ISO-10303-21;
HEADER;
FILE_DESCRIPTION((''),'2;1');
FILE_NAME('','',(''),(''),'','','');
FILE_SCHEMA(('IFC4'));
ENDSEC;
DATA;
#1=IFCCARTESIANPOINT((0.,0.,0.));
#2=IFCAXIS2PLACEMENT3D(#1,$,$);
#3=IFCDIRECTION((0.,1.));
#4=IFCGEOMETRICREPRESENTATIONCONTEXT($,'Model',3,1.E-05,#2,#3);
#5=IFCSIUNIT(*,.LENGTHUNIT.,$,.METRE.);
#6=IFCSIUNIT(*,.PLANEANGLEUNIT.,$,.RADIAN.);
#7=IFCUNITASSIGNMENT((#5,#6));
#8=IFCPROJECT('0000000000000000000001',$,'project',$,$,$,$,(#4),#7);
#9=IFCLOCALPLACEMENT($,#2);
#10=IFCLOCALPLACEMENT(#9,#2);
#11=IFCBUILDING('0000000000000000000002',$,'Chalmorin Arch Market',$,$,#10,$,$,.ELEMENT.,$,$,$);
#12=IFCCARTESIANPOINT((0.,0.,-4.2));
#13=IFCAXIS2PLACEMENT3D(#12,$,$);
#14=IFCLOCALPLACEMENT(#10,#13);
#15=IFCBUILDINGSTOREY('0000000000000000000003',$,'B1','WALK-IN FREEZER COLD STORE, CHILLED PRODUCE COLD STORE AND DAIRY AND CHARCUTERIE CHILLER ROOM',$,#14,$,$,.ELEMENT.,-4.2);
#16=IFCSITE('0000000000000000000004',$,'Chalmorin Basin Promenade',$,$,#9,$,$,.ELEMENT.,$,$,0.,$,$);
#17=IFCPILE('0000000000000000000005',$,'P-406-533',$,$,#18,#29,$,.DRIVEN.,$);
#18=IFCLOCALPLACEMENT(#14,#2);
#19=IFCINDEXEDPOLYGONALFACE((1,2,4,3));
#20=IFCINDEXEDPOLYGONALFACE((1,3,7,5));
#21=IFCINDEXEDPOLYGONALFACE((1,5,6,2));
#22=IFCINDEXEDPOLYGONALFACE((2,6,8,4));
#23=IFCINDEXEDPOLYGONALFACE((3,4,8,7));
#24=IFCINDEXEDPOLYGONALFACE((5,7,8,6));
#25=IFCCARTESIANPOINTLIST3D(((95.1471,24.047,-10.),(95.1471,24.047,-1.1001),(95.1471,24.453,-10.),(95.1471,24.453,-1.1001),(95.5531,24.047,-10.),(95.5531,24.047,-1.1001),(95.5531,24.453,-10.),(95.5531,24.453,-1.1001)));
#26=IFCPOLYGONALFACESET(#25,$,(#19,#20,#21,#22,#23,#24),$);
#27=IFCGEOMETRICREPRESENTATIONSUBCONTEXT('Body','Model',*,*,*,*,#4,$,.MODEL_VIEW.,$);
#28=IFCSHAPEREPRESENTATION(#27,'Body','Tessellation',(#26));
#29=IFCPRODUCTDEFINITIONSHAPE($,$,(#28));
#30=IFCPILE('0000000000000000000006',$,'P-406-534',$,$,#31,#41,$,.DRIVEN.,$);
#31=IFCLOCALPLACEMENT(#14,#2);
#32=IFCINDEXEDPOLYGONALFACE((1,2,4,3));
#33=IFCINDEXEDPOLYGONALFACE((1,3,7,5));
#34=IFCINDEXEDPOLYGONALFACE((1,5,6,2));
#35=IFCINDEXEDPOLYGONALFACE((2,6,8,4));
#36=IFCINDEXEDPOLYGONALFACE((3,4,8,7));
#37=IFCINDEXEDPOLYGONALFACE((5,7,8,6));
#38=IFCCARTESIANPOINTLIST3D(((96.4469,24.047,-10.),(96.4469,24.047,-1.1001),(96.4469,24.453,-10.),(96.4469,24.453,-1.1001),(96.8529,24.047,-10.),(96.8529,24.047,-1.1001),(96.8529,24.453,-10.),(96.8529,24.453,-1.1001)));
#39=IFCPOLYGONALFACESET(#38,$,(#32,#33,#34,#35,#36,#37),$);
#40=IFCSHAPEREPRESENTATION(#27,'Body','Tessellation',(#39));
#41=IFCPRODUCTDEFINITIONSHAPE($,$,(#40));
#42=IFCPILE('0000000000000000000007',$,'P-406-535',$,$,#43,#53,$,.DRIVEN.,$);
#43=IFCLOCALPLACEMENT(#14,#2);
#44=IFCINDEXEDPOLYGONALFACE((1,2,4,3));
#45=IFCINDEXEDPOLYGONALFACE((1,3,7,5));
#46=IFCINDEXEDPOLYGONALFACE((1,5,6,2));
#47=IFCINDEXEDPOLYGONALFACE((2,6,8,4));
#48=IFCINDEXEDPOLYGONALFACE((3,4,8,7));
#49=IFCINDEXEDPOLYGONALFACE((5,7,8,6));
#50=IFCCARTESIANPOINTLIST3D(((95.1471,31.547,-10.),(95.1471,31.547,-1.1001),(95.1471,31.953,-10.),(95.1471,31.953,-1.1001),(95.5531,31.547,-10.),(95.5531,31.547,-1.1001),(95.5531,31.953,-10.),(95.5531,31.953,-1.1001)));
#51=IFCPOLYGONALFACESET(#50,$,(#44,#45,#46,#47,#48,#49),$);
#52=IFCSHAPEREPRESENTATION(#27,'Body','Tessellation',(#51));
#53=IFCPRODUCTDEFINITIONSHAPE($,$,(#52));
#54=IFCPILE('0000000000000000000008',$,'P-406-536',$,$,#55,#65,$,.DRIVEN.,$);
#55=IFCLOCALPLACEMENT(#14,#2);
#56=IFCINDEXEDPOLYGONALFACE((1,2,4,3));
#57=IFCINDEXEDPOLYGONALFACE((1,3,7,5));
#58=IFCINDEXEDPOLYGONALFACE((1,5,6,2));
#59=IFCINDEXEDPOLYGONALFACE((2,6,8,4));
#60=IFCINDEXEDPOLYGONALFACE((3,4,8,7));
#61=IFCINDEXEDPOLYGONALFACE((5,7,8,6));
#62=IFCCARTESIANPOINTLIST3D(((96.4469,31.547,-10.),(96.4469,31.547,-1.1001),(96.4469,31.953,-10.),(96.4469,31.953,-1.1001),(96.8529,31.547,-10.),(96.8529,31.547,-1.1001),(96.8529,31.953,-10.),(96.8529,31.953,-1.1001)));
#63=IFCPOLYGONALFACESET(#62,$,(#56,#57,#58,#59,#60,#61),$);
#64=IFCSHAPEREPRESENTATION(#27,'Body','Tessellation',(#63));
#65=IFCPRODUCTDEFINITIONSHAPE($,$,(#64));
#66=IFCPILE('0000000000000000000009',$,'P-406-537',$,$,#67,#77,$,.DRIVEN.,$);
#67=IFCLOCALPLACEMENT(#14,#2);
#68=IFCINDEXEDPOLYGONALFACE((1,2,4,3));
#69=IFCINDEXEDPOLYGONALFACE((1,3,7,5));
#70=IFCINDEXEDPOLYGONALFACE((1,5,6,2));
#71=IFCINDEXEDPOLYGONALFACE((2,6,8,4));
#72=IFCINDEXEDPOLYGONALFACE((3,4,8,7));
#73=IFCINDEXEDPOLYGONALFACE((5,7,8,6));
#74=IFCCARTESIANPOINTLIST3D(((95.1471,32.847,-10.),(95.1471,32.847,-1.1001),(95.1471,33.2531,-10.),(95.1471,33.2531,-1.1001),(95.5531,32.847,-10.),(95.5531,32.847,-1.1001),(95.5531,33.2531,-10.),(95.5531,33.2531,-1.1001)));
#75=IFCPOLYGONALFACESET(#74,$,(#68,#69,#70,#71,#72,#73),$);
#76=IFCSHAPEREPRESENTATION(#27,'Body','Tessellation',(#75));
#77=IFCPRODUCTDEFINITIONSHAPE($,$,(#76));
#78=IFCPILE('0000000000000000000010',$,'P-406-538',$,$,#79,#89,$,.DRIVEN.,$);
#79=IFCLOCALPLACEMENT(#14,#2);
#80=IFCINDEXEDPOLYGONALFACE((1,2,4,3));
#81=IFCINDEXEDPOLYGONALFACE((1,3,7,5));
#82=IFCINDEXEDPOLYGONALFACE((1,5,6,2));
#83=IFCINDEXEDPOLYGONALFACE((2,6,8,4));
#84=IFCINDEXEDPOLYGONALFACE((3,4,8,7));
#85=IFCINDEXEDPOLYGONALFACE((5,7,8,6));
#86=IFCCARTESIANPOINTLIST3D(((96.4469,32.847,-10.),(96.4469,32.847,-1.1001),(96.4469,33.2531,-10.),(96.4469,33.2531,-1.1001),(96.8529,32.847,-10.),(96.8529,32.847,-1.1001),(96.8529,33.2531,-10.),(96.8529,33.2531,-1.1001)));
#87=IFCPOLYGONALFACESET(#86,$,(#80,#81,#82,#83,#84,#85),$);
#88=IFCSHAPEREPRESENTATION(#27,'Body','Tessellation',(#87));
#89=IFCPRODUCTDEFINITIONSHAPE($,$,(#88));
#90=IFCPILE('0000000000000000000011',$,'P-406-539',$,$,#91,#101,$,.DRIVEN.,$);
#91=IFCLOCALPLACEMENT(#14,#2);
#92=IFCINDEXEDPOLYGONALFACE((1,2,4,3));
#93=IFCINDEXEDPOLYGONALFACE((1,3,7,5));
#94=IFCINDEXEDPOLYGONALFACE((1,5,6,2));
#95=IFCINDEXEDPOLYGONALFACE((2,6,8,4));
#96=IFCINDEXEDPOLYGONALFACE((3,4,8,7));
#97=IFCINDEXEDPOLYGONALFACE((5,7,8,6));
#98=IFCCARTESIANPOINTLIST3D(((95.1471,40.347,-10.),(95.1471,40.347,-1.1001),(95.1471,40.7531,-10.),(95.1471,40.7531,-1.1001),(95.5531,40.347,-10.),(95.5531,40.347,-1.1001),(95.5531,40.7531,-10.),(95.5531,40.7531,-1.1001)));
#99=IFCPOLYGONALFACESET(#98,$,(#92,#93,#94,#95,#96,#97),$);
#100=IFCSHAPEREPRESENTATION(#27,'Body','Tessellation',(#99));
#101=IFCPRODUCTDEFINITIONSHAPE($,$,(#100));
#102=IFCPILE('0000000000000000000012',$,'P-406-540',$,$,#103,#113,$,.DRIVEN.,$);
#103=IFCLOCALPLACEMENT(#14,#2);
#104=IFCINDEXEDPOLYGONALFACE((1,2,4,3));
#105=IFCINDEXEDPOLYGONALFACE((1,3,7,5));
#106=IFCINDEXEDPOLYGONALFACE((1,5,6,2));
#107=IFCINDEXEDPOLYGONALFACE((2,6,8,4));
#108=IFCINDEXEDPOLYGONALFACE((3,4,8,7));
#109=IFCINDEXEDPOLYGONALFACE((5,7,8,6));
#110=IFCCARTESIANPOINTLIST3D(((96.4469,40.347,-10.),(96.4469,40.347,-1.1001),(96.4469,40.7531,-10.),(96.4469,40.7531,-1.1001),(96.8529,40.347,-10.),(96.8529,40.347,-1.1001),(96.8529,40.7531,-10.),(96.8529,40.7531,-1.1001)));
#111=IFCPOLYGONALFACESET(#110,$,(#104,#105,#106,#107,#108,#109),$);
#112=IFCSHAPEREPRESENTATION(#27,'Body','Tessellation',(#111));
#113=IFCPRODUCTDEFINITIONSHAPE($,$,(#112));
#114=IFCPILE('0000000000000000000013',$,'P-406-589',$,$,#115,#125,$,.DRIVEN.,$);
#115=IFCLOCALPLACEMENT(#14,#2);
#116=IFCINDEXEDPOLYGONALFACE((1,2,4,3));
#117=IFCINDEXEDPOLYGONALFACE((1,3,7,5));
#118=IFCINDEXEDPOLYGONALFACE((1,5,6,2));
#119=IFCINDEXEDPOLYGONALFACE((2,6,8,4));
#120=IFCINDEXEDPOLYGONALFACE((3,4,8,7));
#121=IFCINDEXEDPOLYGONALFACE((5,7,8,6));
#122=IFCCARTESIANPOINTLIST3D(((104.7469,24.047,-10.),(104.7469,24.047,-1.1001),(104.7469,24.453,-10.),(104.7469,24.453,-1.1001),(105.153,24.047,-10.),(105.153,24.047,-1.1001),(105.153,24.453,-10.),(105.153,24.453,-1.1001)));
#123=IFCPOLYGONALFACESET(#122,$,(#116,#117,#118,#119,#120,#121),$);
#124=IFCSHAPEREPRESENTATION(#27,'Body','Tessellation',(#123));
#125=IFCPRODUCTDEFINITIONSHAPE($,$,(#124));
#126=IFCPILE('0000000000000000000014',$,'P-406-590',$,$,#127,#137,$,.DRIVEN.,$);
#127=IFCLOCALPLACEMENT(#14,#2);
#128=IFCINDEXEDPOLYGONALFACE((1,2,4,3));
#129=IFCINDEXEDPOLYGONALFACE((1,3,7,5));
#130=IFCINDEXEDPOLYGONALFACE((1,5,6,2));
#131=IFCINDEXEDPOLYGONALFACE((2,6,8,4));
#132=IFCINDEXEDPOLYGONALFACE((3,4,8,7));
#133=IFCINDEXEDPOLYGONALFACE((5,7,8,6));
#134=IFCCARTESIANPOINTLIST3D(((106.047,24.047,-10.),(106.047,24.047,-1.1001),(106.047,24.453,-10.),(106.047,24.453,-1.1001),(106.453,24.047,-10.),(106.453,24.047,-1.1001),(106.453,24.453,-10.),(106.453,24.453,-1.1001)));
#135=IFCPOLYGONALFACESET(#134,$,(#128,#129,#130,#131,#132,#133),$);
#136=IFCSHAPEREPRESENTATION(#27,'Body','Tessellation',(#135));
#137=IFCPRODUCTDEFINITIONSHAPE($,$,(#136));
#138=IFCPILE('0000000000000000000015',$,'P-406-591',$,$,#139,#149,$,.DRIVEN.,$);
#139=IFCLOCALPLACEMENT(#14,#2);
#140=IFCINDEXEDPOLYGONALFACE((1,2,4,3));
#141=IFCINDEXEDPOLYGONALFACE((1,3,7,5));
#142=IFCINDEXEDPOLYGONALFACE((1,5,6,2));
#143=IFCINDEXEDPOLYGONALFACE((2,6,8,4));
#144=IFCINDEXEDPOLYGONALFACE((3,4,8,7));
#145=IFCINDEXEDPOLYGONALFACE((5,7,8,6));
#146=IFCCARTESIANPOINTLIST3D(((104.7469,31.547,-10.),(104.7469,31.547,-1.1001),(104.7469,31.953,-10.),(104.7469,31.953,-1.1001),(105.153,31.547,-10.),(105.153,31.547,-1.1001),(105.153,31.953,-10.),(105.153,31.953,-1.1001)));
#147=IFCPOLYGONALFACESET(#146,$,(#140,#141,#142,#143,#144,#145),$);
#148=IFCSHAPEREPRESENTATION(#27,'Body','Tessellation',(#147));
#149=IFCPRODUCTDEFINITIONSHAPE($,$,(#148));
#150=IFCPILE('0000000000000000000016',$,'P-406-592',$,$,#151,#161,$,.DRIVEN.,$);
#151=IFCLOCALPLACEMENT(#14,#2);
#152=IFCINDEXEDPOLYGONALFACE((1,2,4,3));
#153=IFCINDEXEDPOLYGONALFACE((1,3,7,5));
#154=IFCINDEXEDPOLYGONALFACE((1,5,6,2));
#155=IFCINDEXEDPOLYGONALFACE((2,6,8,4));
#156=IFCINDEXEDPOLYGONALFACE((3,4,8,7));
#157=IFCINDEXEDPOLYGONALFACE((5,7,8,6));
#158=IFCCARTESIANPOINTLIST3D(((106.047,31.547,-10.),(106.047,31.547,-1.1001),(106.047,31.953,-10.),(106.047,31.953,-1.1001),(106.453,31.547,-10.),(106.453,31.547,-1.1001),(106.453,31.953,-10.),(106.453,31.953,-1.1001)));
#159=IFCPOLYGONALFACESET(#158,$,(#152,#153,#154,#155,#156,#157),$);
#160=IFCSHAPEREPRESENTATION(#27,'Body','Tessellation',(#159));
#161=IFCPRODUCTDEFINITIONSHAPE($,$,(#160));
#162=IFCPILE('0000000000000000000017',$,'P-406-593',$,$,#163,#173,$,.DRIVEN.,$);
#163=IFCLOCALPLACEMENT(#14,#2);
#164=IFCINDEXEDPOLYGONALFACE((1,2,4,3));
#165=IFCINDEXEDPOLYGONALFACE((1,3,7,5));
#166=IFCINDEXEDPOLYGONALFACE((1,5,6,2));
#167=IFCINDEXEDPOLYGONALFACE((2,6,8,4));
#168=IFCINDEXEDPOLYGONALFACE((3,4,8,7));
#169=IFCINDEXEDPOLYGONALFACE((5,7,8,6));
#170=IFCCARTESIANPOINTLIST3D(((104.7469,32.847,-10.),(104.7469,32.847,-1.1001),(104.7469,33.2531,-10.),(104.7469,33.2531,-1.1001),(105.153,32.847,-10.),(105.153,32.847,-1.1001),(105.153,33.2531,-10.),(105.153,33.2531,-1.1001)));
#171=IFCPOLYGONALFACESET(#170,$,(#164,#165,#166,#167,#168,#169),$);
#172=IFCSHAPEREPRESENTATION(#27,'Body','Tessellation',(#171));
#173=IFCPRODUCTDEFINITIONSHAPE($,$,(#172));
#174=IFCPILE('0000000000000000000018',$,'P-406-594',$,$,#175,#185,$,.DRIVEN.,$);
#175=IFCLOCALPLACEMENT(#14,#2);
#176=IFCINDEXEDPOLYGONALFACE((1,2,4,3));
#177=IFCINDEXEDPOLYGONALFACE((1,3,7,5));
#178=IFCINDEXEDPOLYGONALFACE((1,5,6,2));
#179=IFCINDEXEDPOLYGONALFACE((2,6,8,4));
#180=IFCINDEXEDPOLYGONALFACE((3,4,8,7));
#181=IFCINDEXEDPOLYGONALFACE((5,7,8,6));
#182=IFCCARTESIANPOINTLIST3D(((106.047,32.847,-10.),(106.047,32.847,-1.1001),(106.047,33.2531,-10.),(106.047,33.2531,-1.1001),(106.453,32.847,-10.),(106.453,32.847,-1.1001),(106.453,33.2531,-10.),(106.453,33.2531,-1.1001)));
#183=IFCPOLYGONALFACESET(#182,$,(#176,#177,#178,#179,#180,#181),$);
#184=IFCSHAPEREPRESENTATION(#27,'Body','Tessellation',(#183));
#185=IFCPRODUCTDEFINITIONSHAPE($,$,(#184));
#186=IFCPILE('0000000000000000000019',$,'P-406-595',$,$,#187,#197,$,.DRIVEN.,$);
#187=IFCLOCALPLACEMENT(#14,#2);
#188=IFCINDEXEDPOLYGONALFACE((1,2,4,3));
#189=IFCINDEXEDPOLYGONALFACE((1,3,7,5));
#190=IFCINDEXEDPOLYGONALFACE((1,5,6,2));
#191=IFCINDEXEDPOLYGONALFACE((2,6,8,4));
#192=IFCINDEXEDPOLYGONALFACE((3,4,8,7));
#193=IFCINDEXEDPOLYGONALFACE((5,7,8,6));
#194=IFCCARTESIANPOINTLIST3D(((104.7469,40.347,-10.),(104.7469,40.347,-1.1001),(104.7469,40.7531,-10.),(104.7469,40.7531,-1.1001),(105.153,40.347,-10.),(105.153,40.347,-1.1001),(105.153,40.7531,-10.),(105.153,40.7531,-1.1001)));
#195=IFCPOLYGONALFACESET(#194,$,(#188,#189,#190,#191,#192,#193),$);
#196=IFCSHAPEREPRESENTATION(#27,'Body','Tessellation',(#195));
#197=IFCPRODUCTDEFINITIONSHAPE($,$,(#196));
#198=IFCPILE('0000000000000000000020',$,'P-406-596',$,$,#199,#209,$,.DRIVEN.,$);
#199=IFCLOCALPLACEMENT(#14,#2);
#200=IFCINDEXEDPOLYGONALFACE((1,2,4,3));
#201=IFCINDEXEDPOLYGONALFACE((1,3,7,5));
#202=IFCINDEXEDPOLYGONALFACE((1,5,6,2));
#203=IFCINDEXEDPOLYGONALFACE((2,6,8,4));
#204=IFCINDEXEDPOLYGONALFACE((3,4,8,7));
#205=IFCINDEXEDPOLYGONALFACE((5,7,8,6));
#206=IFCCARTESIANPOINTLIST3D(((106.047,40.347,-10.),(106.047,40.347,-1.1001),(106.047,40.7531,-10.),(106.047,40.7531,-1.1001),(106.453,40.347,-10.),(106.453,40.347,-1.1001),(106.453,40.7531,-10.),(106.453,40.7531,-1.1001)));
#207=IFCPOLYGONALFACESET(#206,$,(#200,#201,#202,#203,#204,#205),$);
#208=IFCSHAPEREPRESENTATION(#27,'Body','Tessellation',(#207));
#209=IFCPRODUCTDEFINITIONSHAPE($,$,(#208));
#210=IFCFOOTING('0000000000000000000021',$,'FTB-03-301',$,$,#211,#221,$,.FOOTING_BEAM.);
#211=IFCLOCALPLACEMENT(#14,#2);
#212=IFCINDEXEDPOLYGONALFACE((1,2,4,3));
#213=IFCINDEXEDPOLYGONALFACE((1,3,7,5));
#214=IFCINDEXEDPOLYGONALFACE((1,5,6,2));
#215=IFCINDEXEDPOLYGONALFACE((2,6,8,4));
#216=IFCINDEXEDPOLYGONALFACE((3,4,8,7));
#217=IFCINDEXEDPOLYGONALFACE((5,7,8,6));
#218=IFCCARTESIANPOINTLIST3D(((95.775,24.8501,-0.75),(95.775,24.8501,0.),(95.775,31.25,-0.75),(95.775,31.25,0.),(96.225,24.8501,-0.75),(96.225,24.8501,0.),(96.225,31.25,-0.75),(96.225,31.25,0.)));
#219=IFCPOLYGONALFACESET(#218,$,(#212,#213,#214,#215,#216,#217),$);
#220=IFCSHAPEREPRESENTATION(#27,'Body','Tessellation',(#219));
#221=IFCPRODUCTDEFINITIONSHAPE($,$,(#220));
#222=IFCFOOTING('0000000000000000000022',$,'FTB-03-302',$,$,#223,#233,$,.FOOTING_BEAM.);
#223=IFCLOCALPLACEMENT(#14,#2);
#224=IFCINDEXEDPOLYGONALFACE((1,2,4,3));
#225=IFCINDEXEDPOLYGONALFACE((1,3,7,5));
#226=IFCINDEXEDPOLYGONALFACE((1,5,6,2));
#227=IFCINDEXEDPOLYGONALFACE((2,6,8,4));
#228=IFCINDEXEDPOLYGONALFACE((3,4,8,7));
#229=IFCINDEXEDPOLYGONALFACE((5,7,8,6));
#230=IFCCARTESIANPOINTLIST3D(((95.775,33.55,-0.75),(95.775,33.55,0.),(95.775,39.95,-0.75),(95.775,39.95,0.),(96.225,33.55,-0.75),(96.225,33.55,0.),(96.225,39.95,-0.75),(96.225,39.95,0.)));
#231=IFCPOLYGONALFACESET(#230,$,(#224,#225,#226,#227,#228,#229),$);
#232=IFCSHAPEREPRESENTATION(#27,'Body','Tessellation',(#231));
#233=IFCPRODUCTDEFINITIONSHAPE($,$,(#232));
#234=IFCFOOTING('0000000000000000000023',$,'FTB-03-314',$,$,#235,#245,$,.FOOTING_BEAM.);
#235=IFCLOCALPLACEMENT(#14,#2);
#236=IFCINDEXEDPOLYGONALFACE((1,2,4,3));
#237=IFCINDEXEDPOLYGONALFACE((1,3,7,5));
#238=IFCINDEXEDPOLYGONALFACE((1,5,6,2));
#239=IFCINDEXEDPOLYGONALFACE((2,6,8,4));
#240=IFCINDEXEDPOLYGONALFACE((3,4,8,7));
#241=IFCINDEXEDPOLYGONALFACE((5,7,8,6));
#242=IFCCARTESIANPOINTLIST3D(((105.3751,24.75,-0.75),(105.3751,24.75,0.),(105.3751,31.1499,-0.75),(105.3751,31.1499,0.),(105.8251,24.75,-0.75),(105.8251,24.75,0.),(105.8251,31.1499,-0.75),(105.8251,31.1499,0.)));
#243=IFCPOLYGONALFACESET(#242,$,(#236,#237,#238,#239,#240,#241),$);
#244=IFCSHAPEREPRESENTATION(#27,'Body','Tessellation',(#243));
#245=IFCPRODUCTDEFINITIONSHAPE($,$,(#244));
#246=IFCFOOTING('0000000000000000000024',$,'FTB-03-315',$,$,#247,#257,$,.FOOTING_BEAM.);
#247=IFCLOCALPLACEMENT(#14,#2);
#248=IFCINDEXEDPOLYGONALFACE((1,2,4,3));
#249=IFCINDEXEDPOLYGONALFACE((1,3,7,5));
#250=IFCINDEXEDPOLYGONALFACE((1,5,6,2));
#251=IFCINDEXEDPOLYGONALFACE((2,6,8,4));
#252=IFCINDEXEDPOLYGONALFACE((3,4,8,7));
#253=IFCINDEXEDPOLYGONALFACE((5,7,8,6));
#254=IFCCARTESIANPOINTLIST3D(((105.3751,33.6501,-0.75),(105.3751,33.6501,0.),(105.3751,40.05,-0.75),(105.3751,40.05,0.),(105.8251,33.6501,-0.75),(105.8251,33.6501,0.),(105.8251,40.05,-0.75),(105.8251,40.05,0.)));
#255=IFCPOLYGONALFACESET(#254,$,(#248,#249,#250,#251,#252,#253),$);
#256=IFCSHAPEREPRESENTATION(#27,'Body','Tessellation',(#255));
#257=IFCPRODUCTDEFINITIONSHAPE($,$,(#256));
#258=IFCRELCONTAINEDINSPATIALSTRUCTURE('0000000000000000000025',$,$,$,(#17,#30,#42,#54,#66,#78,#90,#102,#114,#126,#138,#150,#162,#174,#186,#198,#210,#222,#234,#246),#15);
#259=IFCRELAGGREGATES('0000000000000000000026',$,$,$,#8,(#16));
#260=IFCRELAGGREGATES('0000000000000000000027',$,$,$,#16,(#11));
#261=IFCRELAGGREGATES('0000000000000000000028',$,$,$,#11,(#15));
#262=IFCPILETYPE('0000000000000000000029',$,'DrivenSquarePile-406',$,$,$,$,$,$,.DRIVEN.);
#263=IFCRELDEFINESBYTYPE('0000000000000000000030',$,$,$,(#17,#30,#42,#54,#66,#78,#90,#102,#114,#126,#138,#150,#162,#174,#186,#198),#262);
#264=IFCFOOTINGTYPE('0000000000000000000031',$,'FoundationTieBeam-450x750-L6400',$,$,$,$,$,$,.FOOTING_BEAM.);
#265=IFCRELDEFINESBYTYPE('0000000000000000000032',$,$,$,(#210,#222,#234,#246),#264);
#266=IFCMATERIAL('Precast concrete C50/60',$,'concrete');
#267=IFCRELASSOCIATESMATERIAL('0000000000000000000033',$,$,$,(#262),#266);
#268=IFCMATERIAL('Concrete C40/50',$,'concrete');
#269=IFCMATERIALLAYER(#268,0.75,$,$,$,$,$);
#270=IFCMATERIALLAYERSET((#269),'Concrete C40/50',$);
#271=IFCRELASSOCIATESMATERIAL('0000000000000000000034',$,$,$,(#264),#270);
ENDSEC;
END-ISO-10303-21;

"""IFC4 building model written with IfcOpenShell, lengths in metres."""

from ifc_helpers import new_model, si_unit, direction, frame, origin, origin_2d, place, context, subcontext, project, spatial, rectangle, extrude, material, layer, layer_set, material_profile, profile_set, type_object, element, save


model = new_model("IFC4")

# Units and contexts
model_context = context("Model", 3, precision=1e-05, world=origin(), true_north=direction((0.0, 1.0)))
body_context = subcontext(model_context, "Body", "Model", "MODEL_VIEW")
ifc_project = project(units=[si_unit("LENGTHUNIT", "METRE"), si_unit("PLANEANGLEUNIT", "RADIAN")], contexts=[model_context])

# Site, building, storey
site_placement = place(None, origin())
site = spatial("IfcSite", under=ifc_project, at=site_placement, Name="Chalmorin Basin Promenade", CompositionType="ELEMENT", RefElevation=0.0)
building_placement = place(site_placement, origin())
building = spatial("IfcBuilding", under=site, at=building_placement, Name="Chalmorin Arch Market", CompositionType="ELEMENT")
storey_placement = place(building_placement, frame((0.0, 0.0, -4.2)))
storey = spatial("IfcBuildingStorey", under=building, at=storey_placement, Name="B1", Description="WALK-IN FREEZER COLD STORE, CHILLED PRODUCE COLD STORE AND DAIRY AND CHARCUTERIE CHILLER ROOM", CompositionType="ELEMENT", Elevation=-4.2)

# Piles
ifc_material_1 = material(Name="Precast concrete C50/60", Category="concrete")
ifc_material_profile_1 = material_profile(ifc_material_1, rectangle(XDim=0.406, YDim=0.406, at=origin_2d()), Name="PPC406")
ifc_profile_set_1 = profile_set([ifc_material_profile_1], Name="Precast concrete C50/60")
pile_type = type_object("IfcPileType", Name="DrivenSquarePile-406", PredefinedType="DRIVEN", material=ifc_profile_set_1)
for number, where, z_axis, x_axis, name in (
    (1, (95.3501, 24.25, -1.1001), (0.0, 0.0, -1.0), (1.0, 0.0, 0.0), "P-406-533"),
    (2, (96.6499, 24.25, -1.1001), (0.0, 0.0, -1.0), (1.0, 0.0, 0.0), "P-406-534"),
    (3, (95.3501, 31.75, -1.1001), (0.0, 0.0, -1.0), (1.0, 0.0, 0.0), "P-406-535"),
    (4, (96.6499, 31.75, -1.1001), (0.0, 0.0, -1.0), (1.0, 0.0, 0.0), "P-406-536"),
    (5, (95.3501, 33.05, -1.1001), (0.0, 0.0, -1.0), (1.0, 0.0, 0.0), "P-406-537"),
    (6, (96.6499, 33.05, -1.1001), (0.0, 0.0, -1.0), (1.0, 0.0, 0.0), "P-406-538"),
    (7, (95.3501, 40.55, -1.1001), (0.0, 0.0, -1.0), (1.0, 0.0, 0.0), "P-406-539"),
    (8, (96.6499, 40.55, -1.1001), (0.0, 0.0, -1.0), (1.0, 0.0, 0.0), "P-406-540"),
    (9, (104.95, 24.25, -1.1001), (0.0, 0.0, -1.0), (1.0, 0.0, 0.0), "P-406-589"),
    (10, (106.25, 24.25, -1.1001), (0.0, 0.0, -1.0), (1.0, 0.0, 0.0), "P-406-590"),
    (11, (104.95, 31.75, -1.1001), (0.0, 0.0, -1.0), (1.0, 0.0, 0.0), "P-406-591"),
    (12, (106.25, 31.75, -1.1001), (0.0, 0.0, -1.0), (1.0, 0.0, 0.0), "P-406-592"),
    (13, (104.95, 33.05, -1.1001), (0.0, 0.0, -1.0), (1.0, 0.0, 0.0), "P-406-593"),
    (14, (106.25, 33.05, -1.1001), (0.0, 0.0, -1.0), (1.0, 0.0, 0.0), "P-406-594"),
    (15, (104.95, 40.55, -1.1001), (0.0, 0.0, -1.0), (1.0, 0.0, 0.0), "P-406-595"),
    (16, (106.25, 40.55, -1.1001), (0.0, 0.0, -1.0), (1.0, 0.0, 0.0), "P-406-596"),
):
    element("IfcPile", number, at=place(storey_placement, frame(where, z_axis=z_axis, x_axis=x_axis)), inside=storey, type_object=pile_type, Name=name, PredefinedType="DRIVEN", context=body_context, shape_type="SweptSolid", body=[
        extrude(rectangle(XDim=0.406, YDim=0.406, at=origin_2d()), origin(), (0.0, 0.0, 1.0), 8.8999),
    ])

# Footings
ifc_material_2 = material(Name="Concrete C40/50", Category="concrete")
ifc_layer_1 = layer(ifc_material_2, 0.75)
ifc_layer_set_1 = layer_set([ifc_layer_1], Name="Concrete C40/50")
footing_type_1 = type_object("IfcFootingType", Name="FoundationTieBeam-450x750-L6400", PredefinedType="FOOTING_BEAM", material=ifc_layer_set_1)
for number, where, z_axis, x_axis, name in (
    (17, (96.0, 28.05, -0.75), (0.0, 0.0, 1.0), (0.0, 1.0, 0.0), "FTB-03-301"),
    (18, (96.0, 36.75, -0.75), (0.0, 0.0, 1.0), (0.0, 1.0, 0.0), "FTB-03-302"),
    (19, (105.6001, 27.95, -0.75), (0.0, 0.0, 1.0), (0.0, 1.0, 0.0), "FTB-03-314"),
    (20, (105.6001, 36.8501, -0.75), (0.0, 0.0, 1.0), (0.0, 1.0, 0.0), "FTB-03-315"),
):
    element("IfcFooting", number, at=place(storey_placement, frame(where, z_axis=z_axis, x_axis=x_axis)), inside=storey, type_object=footing_type_1, Name=name, PredefinedType="FOOTING_BEAM", context=body_context, shape_type="SweptSolid", body=[
        extrude(rectangle(XDim=6.3999, YDim=0.45, at=origin_2d()), origin(), (0.0, 0.0, 1.0), 0.75),
    ])

save(model, "model.ifc")
